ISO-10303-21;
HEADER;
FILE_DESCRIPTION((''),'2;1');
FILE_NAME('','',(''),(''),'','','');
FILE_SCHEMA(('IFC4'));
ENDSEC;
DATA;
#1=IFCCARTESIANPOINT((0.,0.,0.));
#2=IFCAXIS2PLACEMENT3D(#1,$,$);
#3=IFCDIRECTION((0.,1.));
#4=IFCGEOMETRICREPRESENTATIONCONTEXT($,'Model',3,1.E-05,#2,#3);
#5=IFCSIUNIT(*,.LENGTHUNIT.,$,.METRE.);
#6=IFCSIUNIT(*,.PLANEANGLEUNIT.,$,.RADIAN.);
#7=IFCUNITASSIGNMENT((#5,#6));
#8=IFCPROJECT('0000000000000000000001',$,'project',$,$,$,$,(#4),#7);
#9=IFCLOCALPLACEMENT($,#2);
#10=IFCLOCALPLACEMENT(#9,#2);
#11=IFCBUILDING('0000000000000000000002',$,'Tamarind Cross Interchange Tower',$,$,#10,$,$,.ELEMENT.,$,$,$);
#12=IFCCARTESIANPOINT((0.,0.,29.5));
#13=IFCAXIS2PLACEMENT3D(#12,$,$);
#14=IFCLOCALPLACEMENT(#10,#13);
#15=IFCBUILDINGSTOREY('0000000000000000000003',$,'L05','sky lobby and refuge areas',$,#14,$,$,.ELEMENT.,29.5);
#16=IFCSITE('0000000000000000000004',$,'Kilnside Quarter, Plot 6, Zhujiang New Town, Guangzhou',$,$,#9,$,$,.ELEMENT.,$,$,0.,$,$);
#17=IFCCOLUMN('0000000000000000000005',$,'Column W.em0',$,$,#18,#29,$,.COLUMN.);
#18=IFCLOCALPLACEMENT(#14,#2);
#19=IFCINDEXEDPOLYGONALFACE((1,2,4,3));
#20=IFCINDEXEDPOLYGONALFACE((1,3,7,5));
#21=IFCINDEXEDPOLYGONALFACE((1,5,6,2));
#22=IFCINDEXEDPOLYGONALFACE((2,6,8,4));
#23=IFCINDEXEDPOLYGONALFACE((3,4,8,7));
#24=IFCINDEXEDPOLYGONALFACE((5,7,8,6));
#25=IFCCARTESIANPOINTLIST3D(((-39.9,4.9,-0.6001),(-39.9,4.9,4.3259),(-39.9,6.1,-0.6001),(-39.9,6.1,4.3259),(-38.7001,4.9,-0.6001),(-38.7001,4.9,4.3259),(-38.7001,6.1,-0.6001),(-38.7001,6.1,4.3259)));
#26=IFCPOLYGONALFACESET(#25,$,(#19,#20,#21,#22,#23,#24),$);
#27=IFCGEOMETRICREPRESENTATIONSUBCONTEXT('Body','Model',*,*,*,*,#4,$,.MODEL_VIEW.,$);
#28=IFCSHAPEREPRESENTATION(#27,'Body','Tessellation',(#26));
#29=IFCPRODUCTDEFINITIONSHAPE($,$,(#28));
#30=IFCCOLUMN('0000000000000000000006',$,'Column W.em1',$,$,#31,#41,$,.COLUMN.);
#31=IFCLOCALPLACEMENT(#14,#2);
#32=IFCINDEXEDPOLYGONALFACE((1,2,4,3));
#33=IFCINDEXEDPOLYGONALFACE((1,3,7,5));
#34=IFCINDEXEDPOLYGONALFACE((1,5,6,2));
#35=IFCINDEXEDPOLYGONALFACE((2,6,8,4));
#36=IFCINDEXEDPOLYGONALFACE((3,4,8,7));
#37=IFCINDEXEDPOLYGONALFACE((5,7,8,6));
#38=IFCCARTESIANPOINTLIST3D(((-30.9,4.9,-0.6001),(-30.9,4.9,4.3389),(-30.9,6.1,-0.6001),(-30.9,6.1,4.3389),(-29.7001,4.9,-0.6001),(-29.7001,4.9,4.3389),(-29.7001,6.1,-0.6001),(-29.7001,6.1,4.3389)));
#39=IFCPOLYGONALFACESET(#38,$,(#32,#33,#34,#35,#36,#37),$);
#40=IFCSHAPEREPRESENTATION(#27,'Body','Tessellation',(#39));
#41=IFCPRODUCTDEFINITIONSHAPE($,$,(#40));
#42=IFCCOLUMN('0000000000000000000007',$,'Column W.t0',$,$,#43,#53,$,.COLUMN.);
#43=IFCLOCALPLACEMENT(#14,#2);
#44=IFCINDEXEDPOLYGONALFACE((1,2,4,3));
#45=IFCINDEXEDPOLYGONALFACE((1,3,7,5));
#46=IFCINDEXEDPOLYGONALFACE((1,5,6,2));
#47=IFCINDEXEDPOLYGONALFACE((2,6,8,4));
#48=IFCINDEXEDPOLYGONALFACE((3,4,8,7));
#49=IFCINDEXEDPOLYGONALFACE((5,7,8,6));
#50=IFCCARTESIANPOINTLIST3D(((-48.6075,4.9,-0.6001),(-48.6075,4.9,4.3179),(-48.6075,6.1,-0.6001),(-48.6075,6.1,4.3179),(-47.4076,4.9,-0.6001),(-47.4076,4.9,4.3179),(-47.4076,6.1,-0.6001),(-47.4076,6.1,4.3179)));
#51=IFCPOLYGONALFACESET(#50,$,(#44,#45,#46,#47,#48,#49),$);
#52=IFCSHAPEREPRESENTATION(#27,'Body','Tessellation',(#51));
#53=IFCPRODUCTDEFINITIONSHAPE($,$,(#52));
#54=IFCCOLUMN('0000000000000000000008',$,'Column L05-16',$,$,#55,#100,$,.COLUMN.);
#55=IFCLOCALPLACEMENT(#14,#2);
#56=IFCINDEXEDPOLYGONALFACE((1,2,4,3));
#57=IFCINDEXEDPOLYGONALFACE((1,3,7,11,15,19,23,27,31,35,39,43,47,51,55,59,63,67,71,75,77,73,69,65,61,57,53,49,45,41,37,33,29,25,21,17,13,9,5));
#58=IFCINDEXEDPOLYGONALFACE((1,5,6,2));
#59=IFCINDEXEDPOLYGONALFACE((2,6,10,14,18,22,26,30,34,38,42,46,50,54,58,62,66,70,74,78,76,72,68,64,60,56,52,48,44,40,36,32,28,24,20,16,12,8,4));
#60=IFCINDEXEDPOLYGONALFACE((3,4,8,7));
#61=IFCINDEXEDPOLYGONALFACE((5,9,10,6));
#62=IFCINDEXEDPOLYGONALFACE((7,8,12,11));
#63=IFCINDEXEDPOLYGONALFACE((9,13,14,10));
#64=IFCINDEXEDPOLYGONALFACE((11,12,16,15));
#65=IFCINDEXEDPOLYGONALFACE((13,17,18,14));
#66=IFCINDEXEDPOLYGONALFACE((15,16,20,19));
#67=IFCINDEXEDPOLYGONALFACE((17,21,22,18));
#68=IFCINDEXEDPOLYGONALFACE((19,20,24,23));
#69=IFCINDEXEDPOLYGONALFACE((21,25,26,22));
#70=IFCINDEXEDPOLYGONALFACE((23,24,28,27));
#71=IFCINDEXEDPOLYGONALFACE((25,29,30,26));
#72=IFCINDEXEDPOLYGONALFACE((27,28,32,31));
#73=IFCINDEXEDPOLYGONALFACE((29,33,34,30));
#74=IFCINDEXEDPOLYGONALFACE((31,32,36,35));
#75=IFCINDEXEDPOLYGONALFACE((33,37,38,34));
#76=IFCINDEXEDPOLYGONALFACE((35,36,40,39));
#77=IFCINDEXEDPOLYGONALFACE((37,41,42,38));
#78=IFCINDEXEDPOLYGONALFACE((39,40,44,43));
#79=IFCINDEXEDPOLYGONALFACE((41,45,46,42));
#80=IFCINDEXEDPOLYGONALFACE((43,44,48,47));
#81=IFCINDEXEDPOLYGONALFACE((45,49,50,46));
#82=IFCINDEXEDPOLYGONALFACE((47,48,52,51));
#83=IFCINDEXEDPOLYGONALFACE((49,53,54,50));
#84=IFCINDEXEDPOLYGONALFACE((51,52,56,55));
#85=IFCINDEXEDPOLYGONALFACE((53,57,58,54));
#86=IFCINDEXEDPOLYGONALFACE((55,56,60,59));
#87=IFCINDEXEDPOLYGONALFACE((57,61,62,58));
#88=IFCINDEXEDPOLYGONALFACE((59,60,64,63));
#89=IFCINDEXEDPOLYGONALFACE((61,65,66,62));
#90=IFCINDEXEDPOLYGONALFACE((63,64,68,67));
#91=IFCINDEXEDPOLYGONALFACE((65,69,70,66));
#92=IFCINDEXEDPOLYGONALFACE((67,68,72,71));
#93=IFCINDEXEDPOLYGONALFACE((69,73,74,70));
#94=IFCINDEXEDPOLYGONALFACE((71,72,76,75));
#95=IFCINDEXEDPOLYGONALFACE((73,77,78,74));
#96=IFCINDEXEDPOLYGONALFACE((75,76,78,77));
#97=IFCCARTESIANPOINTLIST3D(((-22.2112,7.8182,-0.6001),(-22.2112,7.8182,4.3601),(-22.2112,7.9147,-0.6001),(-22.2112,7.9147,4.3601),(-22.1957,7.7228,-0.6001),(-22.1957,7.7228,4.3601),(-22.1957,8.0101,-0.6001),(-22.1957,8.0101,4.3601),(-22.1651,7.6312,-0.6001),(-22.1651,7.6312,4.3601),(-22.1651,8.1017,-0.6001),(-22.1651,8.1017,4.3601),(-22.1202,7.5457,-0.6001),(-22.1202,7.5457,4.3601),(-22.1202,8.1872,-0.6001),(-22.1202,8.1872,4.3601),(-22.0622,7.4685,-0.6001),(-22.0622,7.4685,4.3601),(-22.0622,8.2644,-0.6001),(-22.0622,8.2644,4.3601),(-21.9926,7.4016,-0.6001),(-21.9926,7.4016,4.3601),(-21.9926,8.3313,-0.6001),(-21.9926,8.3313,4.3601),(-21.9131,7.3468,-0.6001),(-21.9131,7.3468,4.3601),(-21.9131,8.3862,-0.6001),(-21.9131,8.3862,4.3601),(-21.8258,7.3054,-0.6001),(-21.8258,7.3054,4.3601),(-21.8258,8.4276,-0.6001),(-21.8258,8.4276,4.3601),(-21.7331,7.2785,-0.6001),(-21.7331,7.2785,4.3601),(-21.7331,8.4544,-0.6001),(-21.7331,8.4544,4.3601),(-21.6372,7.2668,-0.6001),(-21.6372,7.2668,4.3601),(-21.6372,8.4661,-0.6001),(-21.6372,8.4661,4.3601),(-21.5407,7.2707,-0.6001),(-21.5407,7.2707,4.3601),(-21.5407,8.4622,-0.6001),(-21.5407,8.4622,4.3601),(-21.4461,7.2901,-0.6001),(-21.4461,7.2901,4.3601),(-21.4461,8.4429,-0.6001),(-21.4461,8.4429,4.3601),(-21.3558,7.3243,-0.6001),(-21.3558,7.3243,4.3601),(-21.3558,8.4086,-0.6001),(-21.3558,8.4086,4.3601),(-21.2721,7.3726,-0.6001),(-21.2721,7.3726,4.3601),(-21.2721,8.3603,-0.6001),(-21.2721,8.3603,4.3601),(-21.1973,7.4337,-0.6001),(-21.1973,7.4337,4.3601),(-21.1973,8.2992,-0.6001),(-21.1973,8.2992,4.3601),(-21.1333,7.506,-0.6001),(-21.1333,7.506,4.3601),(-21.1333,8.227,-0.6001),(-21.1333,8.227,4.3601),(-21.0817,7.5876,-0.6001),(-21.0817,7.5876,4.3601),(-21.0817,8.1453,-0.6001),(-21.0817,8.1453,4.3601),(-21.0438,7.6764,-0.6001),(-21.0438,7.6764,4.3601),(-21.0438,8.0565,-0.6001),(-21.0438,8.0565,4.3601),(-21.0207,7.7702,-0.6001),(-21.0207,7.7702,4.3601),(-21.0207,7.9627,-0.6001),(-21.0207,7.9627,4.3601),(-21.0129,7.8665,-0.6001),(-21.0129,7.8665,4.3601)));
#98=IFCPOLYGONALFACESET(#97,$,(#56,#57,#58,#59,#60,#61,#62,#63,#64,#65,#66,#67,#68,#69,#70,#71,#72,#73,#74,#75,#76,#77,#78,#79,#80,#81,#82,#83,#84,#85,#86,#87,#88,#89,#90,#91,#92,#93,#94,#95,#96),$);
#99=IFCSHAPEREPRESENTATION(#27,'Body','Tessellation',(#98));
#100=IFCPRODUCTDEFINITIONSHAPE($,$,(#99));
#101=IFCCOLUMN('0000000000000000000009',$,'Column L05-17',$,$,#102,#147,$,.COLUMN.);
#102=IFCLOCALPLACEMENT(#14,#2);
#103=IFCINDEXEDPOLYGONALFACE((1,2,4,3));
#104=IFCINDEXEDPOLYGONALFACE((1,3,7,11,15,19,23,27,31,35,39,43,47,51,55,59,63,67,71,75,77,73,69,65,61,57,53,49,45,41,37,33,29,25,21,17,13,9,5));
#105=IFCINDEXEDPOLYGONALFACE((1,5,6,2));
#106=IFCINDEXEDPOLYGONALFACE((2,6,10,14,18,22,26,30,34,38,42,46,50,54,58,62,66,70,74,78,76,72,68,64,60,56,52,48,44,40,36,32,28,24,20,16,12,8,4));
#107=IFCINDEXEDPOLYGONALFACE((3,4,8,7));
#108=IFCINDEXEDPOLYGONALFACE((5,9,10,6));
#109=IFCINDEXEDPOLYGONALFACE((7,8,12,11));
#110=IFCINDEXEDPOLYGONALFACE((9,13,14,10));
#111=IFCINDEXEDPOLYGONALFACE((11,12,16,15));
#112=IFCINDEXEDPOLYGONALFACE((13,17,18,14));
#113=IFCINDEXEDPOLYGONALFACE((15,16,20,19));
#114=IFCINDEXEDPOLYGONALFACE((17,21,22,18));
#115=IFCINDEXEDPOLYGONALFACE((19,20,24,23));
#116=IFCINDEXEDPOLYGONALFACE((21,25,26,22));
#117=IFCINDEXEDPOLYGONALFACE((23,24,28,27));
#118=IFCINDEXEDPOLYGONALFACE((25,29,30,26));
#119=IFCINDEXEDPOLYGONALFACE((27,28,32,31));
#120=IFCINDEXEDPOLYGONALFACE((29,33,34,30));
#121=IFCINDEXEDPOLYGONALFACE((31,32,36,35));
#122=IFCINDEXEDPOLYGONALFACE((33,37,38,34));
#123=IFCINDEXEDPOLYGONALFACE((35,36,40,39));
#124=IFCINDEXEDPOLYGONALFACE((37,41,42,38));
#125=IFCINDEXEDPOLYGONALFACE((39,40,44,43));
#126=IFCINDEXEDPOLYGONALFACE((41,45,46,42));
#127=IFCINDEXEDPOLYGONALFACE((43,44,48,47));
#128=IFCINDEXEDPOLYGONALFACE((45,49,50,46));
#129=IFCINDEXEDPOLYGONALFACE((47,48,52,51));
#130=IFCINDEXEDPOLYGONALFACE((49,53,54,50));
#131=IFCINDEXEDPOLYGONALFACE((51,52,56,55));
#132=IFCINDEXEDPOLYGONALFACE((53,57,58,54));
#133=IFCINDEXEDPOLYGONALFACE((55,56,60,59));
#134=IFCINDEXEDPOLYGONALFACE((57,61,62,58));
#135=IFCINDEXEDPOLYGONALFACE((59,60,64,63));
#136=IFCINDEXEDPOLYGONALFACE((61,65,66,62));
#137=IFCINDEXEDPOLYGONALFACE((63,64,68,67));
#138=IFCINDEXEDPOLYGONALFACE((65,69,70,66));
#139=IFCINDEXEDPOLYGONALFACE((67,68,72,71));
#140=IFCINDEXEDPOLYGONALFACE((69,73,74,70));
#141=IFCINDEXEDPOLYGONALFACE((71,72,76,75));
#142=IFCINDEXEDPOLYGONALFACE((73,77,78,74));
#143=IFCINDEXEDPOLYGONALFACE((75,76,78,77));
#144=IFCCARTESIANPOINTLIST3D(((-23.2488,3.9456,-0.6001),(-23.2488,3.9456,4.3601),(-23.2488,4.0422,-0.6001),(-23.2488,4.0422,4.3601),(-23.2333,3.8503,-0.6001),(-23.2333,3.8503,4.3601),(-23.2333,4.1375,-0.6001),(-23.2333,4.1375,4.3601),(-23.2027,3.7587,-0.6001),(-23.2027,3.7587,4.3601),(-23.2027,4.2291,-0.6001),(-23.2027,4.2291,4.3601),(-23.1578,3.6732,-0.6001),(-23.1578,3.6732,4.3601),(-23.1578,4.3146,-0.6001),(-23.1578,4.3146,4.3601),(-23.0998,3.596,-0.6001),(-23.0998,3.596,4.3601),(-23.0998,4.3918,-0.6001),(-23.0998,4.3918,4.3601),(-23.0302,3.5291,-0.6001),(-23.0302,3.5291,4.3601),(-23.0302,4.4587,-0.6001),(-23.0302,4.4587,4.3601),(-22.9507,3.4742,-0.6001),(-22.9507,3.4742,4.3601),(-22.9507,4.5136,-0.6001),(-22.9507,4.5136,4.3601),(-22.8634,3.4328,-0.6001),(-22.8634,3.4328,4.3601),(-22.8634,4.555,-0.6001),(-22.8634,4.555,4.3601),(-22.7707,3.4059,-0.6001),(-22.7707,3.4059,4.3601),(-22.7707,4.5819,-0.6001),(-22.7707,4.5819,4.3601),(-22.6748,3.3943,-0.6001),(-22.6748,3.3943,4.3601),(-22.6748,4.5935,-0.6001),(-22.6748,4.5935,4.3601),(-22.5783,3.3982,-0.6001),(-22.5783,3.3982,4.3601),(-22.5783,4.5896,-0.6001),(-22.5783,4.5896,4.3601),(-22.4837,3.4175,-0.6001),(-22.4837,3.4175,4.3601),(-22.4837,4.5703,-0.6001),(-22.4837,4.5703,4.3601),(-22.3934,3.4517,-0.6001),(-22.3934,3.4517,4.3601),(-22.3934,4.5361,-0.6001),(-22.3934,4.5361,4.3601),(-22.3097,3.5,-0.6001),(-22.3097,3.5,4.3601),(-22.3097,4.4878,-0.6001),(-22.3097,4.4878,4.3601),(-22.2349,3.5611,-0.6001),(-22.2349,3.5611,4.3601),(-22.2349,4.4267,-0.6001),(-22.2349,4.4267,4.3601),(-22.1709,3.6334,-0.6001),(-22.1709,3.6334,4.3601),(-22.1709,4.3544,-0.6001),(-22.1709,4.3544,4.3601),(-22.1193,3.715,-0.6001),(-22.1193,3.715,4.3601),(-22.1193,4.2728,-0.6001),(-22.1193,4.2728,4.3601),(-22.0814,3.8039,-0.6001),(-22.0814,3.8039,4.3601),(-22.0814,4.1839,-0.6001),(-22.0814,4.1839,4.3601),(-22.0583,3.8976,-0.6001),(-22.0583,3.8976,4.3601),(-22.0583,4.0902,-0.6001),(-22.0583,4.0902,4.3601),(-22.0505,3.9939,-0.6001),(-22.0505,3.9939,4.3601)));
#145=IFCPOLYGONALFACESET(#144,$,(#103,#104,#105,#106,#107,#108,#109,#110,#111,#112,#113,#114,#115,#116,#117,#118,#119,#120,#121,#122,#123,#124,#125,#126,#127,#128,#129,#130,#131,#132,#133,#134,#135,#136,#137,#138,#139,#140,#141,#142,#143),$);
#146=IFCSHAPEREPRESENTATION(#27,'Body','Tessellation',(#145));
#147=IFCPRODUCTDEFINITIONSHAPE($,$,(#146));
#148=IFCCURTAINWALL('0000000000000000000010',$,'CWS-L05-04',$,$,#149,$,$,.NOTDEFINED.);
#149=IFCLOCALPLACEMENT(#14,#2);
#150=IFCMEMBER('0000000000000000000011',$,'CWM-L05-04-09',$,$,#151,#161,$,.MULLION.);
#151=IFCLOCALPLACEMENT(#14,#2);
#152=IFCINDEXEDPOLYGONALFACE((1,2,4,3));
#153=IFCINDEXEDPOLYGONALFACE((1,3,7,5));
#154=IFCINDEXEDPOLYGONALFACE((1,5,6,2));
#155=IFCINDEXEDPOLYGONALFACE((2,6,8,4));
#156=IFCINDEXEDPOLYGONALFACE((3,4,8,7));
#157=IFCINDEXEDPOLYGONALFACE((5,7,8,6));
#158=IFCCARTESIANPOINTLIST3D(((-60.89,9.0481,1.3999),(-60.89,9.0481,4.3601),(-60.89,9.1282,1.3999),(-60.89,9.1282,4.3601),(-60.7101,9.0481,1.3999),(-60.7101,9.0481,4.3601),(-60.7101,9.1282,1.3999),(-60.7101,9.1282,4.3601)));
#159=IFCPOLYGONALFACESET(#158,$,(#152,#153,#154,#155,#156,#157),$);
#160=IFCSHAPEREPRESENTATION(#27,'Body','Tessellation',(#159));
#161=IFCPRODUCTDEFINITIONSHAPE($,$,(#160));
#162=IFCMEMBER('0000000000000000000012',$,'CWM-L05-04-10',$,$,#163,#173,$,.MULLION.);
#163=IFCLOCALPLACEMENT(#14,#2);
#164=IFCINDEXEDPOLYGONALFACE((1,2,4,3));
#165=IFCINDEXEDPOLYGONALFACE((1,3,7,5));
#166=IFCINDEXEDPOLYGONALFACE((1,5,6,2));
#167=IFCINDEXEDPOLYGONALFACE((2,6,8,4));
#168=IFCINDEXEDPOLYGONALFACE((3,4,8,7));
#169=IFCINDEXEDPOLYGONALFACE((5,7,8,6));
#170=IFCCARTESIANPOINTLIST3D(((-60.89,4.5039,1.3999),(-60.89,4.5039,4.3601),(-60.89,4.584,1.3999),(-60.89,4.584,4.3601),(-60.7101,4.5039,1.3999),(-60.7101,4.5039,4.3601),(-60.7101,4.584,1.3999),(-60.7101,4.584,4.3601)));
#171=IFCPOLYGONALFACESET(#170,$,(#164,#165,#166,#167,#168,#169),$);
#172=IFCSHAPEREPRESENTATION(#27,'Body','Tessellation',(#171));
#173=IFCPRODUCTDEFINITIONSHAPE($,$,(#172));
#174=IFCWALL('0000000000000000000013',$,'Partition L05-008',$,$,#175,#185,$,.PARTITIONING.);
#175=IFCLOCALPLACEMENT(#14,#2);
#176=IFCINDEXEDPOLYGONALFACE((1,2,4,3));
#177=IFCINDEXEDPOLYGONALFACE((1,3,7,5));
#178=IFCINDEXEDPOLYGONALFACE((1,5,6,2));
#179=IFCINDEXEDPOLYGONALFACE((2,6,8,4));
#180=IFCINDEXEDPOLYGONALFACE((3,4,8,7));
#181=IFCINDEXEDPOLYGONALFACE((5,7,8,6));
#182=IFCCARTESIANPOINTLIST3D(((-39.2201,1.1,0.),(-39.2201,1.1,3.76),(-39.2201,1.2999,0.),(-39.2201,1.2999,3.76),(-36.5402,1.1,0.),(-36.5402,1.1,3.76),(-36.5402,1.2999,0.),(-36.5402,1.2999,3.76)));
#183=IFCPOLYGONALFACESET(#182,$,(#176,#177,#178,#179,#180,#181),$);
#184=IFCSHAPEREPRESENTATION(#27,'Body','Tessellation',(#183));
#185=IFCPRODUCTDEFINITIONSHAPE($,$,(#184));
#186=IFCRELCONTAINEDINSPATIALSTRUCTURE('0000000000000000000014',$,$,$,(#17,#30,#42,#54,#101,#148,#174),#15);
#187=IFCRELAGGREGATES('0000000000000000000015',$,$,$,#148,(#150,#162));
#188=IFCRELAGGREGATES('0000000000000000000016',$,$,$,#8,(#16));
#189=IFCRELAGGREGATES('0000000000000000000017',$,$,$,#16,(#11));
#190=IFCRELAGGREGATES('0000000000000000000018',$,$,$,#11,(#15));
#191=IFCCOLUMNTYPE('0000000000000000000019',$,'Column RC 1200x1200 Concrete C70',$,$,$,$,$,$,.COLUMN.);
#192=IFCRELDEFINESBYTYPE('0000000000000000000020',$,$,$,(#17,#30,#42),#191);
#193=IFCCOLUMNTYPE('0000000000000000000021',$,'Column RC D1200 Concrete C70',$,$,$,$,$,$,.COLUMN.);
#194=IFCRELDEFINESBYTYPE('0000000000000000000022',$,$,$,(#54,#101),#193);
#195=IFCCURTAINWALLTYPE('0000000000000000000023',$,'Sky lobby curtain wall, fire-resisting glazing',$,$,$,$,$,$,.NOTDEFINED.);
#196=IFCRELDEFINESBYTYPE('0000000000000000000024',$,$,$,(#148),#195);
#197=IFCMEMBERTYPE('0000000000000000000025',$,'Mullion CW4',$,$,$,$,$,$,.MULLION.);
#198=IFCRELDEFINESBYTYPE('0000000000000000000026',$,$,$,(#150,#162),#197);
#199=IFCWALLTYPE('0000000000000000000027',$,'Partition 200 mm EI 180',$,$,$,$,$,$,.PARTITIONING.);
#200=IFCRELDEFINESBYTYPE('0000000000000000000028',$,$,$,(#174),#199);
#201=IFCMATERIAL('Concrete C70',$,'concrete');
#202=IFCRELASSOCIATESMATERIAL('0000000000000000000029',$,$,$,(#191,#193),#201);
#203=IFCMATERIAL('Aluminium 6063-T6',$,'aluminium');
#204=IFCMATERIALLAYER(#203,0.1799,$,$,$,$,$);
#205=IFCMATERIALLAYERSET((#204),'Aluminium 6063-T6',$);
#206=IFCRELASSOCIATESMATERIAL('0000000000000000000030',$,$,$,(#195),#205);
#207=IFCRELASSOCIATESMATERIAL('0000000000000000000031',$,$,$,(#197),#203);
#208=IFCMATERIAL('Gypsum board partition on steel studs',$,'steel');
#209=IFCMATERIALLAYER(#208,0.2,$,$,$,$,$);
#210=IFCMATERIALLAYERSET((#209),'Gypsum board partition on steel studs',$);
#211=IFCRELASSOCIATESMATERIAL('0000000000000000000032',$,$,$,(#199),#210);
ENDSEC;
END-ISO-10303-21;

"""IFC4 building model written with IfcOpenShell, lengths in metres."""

from ifc_helpers import new_model, si_unit, direction, frame, frame_2d, origin, origin_2d, place, context, subcontext, project, spatial, rectangle, circle, extrude, material, layer, layer_set, material_profile, profile_set, type_object, element, aggregate, save


model = new_model("IFC4")

# Units and contexts
model_context = context("Model", 3, precision=1e-05, world=origin(), true_north=direction((0.0, 1.0)))
body_context = subcontext(model_context, "Body", "Model", "MODEL_VIEW")
ifc_project = project(units=[si_unit("LENGTHUNIT", "METRE"), si_unit("PLANEANGLEUNIT", "RADIAN")], contexts=[model_context])

# Site, building, storey
site_placement = place(None, origin())
site = spatial("IfcSite", under=ifc_project, at=site_placement, Name="Kilnside Quarter, Plot 6, Zhujiang New Town, Guangzhou", CompositionType="ELEMENT", RefElevation=0.0)
building_placement = place(site_placement, origin())
building = spatial("IfcBuilding", under=site, at=building_placement, Name="Tamarind Cross Interchange Tower", CompositionType="ELEMENT")
storey_placement = place(building_placement, frame((0.0, 0.0, 29.5)))
storey = spatial("IfcBuildingStorey", under=building, at=storey_placement, Name="L05", Description="sky lobby and refuge areas", CompositionType="ELEMENT", Elevation=29.5)

# Columns
ifc_material_1 = material(Name="Concrete C70", Category="concrete")
ifc_material_profile_1 = material_profile(ifc_material_1, rectangle(XDim=1.2, YDim=1.2, at=origin_2d()), Name="RC 1200x1200")
ifc_profile_set_1 = profile_set([ifc_material_profile_1], Name="Concrete C70")
column_type_1 = type_object("IfcColumnType", Name="Column RC 1200x1200 Concrete C70", PredefinedType="COLUMN", material=ifc_profile_set_1)
column_1_placement = place(storey_placement, frame((-39.3, 5.5, -0.6001), z_axis=(0.0, 0.0, 1.0), x_axis=(1.0, 0.0, 0.0)))
element("IfcColumn", 1, at=column_1_placement, inside=storey, type_object=column_type_1, Name="Column W.em0", PredefinedType="COLUMN", context=body_context, shape_type="SweptSolid", body=[
    extrude(rectangle(XDim=1.2, YDim=1.2, at=origin_2d()), origin(), (0.0, 0.0, 1.0), 4.926),
])
column_2_placement = place(storey_placement, frame((-30.3, 5.5, -0.6001), z_axis=(0.0, 0.0, 1.0), x_axis=(1.0, 0.0, 0.0)))
element("IfcColumn", 2, at=column_2_placement, inside=storey, type_object=column_type_1, Name="Column W.em1", PredefinedType="COLUMN", context=body_context, shape_type="SweptSolid", body=[
    extrude(rectangle(XDim=1.2, YDim=1.2, at=origin_2d()), origin(), (0.0, 0.0, 1.0), 4.939),
])
column_3_placement = place(storey_placement, frame((-48.0076, 5.5, -0.6001), z_axis=(0.0, 0.0, 1.0), x_axis=(1.0, 0.0, 0.0)))
element("IfcColumn", 3, at=column_3_placement, inside=storey, type_object=column_type_1, Name="Column W.t0", PredefinedType="COLUMN", context=body_context, shape_type="SweptSolid", body=[
    extrude(rectangle(XDim=1.2, YDim=1.2, at=origin_2d()), origin(), (0.0, 0.0, 1.0), 4.918),
])
ifc_material_profile_2 = material_profile(ifc_material_1, circle(Radius=0.6001, at=origin_2d()), Name="RC D1200")
ifc_profile_set_2 = profile_set([ifc_material_profile_2], Name="Concrete C70")
column_type_2 = type_object("IfcColumnType", Name="Column RC D1200 Concrete C70", PredefinedType="COLUMN", material=ifc_profile_set_2)
for number, where, z_axis, x_axis, name in (
    (4, (-21.613, 7.8665, -0.6001), (0.0, 0.0, 1.0), (1.0, 0.0, 0.0), "Column L05-16"),
    (5, (-22.6506, 3.9939, -0.6001), (0.0, 0.0, 1.0), (1.0, 0.0, 0.0), "Column L05-17"),
):
    element("IfcColumn", number, at=place(storey_placement, frame(where, z_axis=z_axis, x_axis=x_axis)), inside=storey, type_object=column_type_2, Name=name, PredefinedType="COLUMN", context=body_context, shape_type="SweptSolid", body=[
        extrude(circle(Radius=0.6001, at=origin_2d()), origin(), (0.0, 0.0, 1.0), 4.9602),
    ])

# Curtain wall, members
ifc_material_2 = material(Name="Aluminium 6063-T6", Category="aluminium")
ifc_layer_1 = layer(ifc_material_2, 0.1799)
ifc_layer_set_1 = layer_set([ifc_layer_1], Name="Aluminium 6063-T6")
curtain_wall_type = type_object("IfcCurtainWallType", Name="Sky lobby curtain wall, fire-resisting glazing", PredefinedType="NOTDEFINED", material=ifc_layer_set_1)
curtain_wall_placement = place(storey_placement, origin())
curtain_wall = element("IfcCurtainWall", 6, at=curtain_wall_placement, inside=storey, type_object=curtain_wall_type, Name="CWS-L05-04", PredefinedType="NOTDEFINED")
ifc_material_profile_3 = material_profile(ifc_material_2, rectangle(XDim=0.0801, YDim=0.1799, at=origin_2d()), Name="Mullion CW4")
ifc_profile_set_3 = profile_set([ifc_material_profile_3], Name="Aluminium 6063-T6")
member_type = type_object("IfcMemberType", Name="Mullion CW4", PredefinedType="MULLION", material=ifc_profile_set_3)
member_1_placement = place(storey_placement, frame((-60.8, 9.0881, 1.3999), z_axis=(0.0, 0.0, 1.0), x_axis=(0.0, -1.0, 0.0)))
member_1 = element("IfcMember", 7, at=member_1_placement, type_object=member_type, Name="CWM-L05-04-09", PredefinedType="MULLION", context=body_context, shape_type="SweptSolid", body=[
    extrude(rectangle(XDim=0.0801, YDim=0.1799, at=origin_2d()), origin(), (0.0, 0.0, 1.0), 2.9602),
])
member_2_placement = place(storey_placement, frame((-60.8, 4.5439, 1.3999), z_axis=(0.0, 0.0, 1.0), x_axis=(0.0, -1.0, 0.0)))
member_2 = element("IfcMember", 8, at=member_2_placement, type_object=member_type, Name="CWM-L05-04-10", PredefinedType="MULLION", context=body_context, shape_type="SweptSolid", body=[
    extrude(rectangle(XDim=0.0801, YDim=0.1799, at=origin_2d()), origin(), (0.0, 0.0, 1.0), 2.9602),
])
aggregate(curtain_wall, [member_1, member_2])

# Wall
ifc_material_3 = material(Name="Gypsum board partition on steel studs", Category="steel")
ifc_layer_2 = layer(ifc_material_3, 0.2)
ifc_layer_set_2 = layer_set([ifc_layer_2], Name="Gypsum board partition on steel studs")
wall_type_1 = type_object("IfcWallType", Name="Partition 200 mm EI 180", PredefinedType="PARTITIONING", material=ifc_layer_set_2)
wall_1_placement = place(storey_placement, frame((-39.22, 1.2, 0.0), z_axis=(0.0, 0.0, 1.0), x_axis=(1.0, 0.0, 0.0)))
element("IfcWall", 9, at=wall_1_placement, inside=storey, type_object=wall_type_1, Name="Partition L05-008", PredefinedType="PARTITIONING", context=body_context, shape_type="SweptSolid", body=[
    extrude(rectangle(XDim=2.6799, YDim=0.2, at=frame_2d((1.3398, 0.0))), origin(), (0.0, 0.0, 1.0), 3.76),
])

save(model, "model.ifc")
